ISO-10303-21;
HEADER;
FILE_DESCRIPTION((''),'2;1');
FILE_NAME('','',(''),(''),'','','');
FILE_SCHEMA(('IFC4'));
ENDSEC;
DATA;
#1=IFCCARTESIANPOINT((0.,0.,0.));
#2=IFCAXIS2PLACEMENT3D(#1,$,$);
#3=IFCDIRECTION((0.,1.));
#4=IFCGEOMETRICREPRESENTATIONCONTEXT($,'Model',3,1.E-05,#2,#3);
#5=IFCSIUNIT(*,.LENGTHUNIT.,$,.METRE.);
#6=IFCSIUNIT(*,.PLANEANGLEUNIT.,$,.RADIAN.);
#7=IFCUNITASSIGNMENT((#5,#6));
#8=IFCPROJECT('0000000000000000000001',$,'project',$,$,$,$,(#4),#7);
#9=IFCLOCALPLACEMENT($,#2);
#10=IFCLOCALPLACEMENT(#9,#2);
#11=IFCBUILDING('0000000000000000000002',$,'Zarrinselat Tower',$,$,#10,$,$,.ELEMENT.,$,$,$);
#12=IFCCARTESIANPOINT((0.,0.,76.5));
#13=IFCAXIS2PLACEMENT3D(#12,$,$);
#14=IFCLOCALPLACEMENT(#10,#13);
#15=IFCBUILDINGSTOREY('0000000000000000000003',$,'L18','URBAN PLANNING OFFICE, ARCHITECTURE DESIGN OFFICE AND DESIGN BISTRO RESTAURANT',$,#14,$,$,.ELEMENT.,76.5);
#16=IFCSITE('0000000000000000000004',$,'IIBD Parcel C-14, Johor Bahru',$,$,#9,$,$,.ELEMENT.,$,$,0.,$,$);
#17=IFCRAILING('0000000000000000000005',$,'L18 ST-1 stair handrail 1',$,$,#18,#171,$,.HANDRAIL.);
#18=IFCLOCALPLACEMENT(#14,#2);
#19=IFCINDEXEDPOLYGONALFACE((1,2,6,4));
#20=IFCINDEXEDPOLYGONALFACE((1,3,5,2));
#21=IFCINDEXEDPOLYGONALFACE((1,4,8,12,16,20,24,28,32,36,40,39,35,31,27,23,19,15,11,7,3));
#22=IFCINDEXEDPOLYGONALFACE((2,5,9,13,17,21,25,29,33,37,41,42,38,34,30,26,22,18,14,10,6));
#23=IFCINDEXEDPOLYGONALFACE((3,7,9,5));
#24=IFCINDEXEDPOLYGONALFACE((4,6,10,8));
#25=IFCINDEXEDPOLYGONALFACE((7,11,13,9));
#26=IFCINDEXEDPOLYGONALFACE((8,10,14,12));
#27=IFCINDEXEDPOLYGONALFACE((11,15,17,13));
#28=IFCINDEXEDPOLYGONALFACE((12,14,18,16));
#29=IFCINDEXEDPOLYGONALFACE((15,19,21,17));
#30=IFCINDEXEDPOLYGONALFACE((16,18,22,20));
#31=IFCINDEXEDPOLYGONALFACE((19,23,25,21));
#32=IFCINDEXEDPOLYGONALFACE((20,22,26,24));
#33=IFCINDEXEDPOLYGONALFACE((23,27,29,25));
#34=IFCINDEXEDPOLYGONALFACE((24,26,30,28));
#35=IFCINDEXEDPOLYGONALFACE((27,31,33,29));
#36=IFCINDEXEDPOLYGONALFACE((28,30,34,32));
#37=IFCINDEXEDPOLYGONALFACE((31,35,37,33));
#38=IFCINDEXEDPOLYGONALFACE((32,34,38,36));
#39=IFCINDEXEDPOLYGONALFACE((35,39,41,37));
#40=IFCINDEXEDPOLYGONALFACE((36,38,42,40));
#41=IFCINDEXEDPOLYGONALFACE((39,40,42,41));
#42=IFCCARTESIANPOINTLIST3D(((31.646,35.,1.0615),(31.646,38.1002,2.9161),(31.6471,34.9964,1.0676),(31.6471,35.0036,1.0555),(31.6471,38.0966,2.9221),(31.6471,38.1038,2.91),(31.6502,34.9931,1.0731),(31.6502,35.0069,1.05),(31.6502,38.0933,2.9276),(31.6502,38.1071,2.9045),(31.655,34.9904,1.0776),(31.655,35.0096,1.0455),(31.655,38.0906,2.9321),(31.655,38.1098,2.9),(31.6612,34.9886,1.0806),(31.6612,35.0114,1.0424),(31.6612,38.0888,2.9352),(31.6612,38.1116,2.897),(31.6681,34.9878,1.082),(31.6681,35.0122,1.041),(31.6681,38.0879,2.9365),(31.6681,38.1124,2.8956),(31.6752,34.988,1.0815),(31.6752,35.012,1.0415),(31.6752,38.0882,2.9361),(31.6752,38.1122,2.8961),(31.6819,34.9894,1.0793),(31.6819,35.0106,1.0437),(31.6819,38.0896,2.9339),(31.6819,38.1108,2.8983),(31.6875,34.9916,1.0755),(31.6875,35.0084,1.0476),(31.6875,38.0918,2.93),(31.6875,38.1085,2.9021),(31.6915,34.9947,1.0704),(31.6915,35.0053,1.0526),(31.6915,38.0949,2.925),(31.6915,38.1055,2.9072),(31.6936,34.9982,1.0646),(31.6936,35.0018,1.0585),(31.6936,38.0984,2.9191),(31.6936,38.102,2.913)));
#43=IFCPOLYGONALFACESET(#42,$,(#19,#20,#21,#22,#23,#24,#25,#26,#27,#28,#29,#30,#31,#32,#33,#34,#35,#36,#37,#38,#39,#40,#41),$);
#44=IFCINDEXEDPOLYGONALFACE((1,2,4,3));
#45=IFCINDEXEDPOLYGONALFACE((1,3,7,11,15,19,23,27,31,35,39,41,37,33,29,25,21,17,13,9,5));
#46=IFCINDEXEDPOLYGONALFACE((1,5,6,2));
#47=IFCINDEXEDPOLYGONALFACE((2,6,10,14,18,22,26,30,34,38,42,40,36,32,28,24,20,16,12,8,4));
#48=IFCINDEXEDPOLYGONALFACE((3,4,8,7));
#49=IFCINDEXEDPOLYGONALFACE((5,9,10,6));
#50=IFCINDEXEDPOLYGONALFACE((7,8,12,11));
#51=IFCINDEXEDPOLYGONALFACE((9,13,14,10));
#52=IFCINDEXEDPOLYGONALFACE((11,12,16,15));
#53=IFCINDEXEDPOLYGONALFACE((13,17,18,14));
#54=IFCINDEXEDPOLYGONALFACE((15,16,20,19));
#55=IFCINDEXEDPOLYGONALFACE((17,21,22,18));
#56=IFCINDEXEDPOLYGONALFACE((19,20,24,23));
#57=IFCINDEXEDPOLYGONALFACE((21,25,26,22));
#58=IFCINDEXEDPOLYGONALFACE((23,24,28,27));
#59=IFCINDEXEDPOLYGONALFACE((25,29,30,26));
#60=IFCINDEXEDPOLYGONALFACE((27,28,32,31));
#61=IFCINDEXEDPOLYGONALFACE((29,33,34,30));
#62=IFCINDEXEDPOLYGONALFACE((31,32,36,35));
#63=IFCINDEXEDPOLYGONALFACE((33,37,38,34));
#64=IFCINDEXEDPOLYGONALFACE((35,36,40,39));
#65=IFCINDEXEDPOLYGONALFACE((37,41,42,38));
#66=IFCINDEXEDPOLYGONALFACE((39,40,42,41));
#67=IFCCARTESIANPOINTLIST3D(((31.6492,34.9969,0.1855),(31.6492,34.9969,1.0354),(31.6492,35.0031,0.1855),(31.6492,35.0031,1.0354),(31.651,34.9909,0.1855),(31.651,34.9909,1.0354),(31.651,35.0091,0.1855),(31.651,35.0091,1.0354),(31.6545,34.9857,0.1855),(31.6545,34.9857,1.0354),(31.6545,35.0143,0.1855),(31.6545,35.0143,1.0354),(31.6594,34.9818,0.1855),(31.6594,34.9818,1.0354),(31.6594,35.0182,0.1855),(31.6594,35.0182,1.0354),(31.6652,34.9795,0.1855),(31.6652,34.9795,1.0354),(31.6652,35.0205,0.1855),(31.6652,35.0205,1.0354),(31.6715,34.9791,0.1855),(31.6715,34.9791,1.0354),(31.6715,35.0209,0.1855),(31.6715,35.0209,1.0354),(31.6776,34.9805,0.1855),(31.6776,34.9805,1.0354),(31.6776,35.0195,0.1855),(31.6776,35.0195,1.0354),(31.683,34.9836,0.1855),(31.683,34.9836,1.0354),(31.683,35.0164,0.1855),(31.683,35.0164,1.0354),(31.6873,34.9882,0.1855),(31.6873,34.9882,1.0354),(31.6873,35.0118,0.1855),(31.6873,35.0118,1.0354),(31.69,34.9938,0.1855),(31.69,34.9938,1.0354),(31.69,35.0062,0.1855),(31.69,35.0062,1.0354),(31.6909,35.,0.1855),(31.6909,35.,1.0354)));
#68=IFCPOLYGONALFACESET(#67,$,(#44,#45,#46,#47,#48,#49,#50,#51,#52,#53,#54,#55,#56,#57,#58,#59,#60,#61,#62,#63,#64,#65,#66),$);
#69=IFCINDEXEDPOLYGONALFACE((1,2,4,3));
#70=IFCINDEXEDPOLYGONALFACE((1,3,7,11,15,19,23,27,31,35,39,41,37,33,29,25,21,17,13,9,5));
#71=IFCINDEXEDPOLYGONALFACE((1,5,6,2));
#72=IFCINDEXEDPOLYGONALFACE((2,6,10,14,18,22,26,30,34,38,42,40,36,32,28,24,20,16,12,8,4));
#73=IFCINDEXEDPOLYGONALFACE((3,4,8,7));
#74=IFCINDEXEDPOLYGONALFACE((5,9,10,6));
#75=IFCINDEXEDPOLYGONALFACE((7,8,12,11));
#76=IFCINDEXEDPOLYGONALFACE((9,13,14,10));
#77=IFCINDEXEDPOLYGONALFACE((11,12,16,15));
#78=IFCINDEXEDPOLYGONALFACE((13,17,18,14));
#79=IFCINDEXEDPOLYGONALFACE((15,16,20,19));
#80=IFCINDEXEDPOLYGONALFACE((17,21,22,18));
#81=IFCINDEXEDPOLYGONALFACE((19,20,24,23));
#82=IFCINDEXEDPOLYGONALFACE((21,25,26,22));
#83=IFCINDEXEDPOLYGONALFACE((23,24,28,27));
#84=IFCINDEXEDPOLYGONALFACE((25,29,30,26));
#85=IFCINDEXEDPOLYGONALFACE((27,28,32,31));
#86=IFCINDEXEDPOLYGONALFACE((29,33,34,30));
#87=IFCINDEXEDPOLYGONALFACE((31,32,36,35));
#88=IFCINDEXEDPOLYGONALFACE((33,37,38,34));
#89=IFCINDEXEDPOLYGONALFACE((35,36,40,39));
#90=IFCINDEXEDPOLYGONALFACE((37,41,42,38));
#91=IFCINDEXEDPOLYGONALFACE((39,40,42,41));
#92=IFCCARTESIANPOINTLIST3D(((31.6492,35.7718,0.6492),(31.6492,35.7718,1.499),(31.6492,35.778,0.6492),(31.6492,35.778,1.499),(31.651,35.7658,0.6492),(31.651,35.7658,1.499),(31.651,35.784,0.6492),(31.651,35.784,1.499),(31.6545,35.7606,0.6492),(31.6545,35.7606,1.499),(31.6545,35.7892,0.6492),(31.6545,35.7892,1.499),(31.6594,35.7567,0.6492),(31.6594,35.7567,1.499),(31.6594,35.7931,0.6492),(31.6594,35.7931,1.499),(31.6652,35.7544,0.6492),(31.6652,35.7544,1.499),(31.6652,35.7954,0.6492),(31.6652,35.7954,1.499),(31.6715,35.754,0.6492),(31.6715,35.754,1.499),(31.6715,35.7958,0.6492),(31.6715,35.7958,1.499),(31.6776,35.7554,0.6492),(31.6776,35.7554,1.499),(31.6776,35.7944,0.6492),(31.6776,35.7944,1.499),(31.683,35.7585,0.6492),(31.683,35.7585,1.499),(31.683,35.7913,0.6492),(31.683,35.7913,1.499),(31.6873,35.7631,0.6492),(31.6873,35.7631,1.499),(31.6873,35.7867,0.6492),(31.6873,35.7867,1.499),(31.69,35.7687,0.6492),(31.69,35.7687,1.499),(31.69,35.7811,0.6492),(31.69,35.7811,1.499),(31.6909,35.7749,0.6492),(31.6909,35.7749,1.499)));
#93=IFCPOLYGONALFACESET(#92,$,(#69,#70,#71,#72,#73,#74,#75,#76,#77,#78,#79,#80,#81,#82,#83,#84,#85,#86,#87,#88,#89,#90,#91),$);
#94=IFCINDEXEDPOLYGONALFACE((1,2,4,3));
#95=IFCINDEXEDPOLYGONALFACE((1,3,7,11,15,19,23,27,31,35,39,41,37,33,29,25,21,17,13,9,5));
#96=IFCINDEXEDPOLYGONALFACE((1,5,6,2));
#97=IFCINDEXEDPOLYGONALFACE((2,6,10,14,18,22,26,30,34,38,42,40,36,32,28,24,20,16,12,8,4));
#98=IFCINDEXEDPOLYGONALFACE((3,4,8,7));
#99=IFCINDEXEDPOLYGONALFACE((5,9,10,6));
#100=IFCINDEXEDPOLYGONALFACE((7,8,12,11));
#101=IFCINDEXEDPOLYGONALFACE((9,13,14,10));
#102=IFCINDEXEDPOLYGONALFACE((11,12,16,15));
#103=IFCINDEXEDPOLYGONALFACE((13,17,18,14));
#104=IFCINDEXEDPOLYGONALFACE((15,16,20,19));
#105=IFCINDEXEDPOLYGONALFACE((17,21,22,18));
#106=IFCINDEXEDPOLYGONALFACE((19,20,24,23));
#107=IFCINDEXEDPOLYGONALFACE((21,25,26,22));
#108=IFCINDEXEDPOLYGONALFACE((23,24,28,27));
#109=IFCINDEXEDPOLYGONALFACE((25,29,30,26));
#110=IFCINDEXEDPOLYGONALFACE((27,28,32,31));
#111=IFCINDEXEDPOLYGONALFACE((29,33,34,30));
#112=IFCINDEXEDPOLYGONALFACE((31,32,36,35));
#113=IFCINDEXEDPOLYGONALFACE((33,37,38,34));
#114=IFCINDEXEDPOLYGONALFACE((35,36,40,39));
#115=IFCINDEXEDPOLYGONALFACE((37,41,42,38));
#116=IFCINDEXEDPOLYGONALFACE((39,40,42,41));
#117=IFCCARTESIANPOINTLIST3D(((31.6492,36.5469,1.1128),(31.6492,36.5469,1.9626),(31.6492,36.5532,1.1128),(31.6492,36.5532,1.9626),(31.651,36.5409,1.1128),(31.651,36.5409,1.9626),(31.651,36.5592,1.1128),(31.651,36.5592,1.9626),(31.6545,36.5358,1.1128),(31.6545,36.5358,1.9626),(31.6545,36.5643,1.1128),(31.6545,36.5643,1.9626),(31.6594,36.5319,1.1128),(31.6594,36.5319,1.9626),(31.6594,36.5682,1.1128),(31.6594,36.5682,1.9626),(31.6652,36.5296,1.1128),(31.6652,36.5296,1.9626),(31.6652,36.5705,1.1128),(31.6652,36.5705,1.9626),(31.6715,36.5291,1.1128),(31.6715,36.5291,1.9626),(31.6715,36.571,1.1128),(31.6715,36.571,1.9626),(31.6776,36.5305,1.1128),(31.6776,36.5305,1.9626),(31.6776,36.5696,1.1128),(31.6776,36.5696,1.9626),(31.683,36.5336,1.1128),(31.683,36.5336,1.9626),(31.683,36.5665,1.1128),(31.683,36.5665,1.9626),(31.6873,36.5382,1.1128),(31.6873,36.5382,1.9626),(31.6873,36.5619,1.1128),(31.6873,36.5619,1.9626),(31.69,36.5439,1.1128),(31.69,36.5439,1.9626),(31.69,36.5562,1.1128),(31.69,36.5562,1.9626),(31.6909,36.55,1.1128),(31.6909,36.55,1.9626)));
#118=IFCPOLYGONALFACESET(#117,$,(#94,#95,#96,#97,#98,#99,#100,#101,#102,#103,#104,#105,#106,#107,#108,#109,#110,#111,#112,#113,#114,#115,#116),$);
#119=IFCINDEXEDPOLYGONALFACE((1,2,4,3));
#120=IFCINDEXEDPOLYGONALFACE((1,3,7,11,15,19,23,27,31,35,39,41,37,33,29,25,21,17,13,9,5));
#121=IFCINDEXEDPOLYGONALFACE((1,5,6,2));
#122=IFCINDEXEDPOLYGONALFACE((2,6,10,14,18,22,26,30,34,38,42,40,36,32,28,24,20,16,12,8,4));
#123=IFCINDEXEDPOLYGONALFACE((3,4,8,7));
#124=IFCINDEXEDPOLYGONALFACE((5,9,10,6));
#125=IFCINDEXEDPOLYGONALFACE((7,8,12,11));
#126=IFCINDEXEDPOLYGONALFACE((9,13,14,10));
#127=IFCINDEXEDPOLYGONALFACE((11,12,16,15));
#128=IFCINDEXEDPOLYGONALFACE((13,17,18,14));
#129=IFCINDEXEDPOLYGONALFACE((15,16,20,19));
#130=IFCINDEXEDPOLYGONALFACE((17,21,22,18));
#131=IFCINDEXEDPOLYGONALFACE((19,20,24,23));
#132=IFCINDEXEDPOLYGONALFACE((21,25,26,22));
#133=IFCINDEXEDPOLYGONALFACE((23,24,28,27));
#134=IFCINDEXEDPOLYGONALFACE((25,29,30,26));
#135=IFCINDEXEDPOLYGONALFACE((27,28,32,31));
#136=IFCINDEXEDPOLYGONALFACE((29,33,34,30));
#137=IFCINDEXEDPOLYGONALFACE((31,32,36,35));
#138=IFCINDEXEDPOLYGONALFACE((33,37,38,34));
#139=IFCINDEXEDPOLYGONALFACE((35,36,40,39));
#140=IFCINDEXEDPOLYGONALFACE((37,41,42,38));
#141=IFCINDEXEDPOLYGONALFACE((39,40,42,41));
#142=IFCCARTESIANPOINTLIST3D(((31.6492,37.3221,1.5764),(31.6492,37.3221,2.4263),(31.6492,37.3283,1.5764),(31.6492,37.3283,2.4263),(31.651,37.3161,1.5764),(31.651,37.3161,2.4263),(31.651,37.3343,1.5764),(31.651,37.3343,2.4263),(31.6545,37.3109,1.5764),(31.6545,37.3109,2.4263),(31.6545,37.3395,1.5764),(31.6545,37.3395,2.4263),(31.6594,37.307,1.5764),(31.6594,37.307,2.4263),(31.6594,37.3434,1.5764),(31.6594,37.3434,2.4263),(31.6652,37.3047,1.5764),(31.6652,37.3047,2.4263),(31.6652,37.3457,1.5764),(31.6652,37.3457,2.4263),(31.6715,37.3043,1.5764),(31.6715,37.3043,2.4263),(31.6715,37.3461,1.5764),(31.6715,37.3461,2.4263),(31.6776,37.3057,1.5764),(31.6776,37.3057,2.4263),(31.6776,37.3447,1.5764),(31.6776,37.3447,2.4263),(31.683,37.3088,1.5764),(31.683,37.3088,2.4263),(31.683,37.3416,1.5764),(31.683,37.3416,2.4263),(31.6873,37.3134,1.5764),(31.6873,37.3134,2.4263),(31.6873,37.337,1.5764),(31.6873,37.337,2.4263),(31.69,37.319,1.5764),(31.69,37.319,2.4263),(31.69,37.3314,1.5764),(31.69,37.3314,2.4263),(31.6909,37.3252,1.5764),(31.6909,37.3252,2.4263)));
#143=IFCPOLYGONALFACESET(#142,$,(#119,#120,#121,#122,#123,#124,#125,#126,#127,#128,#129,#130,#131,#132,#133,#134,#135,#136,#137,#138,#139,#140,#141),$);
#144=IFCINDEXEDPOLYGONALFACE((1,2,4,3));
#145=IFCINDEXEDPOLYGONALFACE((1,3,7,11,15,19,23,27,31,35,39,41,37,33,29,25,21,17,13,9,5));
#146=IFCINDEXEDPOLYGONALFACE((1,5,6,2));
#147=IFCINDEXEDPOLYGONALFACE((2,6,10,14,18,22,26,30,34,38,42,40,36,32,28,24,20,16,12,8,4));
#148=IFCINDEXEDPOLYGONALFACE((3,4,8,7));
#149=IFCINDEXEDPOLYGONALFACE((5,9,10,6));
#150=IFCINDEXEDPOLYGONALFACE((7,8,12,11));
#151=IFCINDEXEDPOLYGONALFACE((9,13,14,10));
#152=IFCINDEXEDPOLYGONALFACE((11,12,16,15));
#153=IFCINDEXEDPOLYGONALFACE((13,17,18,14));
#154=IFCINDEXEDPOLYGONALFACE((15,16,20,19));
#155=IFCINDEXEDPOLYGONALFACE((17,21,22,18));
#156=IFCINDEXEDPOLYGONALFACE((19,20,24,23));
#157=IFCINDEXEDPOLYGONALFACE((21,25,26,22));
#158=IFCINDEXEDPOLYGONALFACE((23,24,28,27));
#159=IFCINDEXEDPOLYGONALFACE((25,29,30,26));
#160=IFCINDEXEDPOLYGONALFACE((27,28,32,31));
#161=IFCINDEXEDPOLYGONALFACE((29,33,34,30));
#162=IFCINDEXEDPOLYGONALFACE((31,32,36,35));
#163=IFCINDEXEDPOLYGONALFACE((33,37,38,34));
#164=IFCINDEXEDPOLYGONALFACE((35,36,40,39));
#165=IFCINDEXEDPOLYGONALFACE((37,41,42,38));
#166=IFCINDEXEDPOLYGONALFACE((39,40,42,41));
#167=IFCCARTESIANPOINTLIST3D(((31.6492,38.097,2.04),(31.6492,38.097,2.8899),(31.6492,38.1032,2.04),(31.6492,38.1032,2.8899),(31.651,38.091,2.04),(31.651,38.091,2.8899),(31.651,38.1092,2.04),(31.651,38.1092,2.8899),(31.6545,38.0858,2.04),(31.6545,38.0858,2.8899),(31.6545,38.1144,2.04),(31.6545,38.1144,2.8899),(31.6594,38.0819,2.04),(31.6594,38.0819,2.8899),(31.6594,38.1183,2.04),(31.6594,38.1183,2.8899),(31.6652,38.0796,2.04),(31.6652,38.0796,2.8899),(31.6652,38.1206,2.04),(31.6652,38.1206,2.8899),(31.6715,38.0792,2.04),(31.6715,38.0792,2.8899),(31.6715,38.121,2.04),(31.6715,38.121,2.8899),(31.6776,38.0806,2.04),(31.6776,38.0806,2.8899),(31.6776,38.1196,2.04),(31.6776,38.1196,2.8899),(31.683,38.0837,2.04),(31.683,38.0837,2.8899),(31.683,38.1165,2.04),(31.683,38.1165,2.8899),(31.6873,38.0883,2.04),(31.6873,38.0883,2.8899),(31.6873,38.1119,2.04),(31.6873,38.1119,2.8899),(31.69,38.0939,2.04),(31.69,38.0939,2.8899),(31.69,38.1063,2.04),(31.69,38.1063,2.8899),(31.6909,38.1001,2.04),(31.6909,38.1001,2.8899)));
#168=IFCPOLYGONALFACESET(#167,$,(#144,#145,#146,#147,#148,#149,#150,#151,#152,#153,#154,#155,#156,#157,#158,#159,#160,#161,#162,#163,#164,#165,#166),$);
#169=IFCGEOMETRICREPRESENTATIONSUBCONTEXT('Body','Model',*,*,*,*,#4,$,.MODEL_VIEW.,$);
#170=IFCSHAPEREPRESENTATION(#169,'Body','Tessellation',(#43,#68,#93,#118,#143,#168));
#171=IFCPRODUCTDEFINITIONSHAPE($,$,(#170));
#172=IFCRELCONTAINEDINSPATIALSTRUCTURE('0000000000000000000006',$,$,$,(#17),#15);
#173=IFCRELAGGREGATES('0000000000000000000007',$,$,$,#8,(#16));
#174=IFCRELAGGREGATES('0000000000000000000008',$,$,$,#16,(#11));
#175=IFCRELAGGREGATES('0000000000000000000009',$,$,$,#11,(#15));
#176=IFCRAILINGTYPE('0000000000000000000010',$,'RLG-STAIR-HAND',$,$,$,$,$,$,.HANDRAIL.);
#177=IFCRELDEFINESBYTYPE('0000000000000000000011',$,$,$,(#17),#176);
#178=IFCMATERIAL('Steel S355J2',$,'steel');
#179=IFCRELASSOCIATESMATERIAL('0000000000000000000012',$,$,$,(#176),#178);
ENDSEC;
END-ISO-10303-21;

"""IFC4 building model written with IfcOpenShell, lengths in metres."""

from ifc_helpers import new_model, si_unit, direction, frame, origin, origin_2d, place, context, subcontext, project, spatial, circle, extrude, material, type_object, element, save


model = new_model("IFC4")

# Units and contexts
model_context = context("Model", 3, precision=1e-05, world=origin(), true_north=direction((0.0, 1.0)))
body_context = subcontext(model_context, "Body", "Model", "MODEL_VIEW")
ifc_project = project(units=[si_unit("LENGTHUNIT", "METRE"), si_unit("PLANEANGLEUNIT", "RADIAN")], contexts=[model_context])

# Site, building, storey
site_placement = place(None, origin())
site = spatial("IfcSite", under=ifc_project, at=site_placement, Name="IIBD Parcel C-14, Johor Bahru", CompositionType="ELEMENT", RefElevation=0.0)
building_placement = place(site_placement, origin())
building = spatial("IfcBuilding", under=site, at=building_placement, Name="Zarrinselat Tower", CompositionType="ELEMENT")
storey_placement = place(building_placement, frame((0.0, 0.0, 76.5)))
storey = spatial("IfcBuildingStorey", under=building, at=storey_placement, Name="L18", Description="URBAN PLANNING OFFICE, ARCHITECTURE DESIGN OFFICE AND DESIGN BISTRO RESTAURANT", CompositionType="ELEMENT", Elevation=76.5)

# Railing
ifc_material_1 = material(Name="Steel S355J2", Category="steel")
railing_type_1 = type_object("IfcRailingType", Name="RLG-STAIR-HAND", PredefinedType="HANDRAIL", material=ifc_material_1)
railing_1_placement = place(storey_placement, frame((31.6699, 35.0, 0.1855)))
element("IfcRailing", 1, at=railing_1_placement, inside=storey, type_object=railing_type_1, Name="L18 ST-1 stair handrail 1", PredefinedType="HANDRAIL", context=body_context, shape_type="SweptSolid", body=[
    extrude(circle(Radius=0.0239, at=origin_2d()), frame((0.0, 0.0, 0.876), z_axis=(0.0, 0.858172, 0.513362), x_axis=(-1.0, 0.0, 0.0)), (0.0, 0.0, 1.0), 3.6125),
    extrude(circle(Radius=0.021, at=origin_2d()), origin(), (0.0, 0.0, 1.0), 0.8499),
    extrude(circle(Radius=0.021, at=origin_2d()), frame((0.0, 0.7749, 0.4636)), (0.0, 0.0, 1.0), 0.8499),
    extrude(circle(Radius=0.021, at=origin_2d()), frame((0.0, 1.55, 0.9272)), (0.0, 0.0, 1.0), 0.8499),
    extrude(circle(Radius=0.021, at=origin_2d()), frame((0.0, 2.3252, 1.3909)), (0.0, 0.0, 1.0), 0.8499),
    extrude(circle(Radius=0.021, at=origin_2d()), frame((0.0, 3.1001, 1.8545)), (0.0, 0.0, 1.0), 0.8499),
])

save(model, "model.ifc")
